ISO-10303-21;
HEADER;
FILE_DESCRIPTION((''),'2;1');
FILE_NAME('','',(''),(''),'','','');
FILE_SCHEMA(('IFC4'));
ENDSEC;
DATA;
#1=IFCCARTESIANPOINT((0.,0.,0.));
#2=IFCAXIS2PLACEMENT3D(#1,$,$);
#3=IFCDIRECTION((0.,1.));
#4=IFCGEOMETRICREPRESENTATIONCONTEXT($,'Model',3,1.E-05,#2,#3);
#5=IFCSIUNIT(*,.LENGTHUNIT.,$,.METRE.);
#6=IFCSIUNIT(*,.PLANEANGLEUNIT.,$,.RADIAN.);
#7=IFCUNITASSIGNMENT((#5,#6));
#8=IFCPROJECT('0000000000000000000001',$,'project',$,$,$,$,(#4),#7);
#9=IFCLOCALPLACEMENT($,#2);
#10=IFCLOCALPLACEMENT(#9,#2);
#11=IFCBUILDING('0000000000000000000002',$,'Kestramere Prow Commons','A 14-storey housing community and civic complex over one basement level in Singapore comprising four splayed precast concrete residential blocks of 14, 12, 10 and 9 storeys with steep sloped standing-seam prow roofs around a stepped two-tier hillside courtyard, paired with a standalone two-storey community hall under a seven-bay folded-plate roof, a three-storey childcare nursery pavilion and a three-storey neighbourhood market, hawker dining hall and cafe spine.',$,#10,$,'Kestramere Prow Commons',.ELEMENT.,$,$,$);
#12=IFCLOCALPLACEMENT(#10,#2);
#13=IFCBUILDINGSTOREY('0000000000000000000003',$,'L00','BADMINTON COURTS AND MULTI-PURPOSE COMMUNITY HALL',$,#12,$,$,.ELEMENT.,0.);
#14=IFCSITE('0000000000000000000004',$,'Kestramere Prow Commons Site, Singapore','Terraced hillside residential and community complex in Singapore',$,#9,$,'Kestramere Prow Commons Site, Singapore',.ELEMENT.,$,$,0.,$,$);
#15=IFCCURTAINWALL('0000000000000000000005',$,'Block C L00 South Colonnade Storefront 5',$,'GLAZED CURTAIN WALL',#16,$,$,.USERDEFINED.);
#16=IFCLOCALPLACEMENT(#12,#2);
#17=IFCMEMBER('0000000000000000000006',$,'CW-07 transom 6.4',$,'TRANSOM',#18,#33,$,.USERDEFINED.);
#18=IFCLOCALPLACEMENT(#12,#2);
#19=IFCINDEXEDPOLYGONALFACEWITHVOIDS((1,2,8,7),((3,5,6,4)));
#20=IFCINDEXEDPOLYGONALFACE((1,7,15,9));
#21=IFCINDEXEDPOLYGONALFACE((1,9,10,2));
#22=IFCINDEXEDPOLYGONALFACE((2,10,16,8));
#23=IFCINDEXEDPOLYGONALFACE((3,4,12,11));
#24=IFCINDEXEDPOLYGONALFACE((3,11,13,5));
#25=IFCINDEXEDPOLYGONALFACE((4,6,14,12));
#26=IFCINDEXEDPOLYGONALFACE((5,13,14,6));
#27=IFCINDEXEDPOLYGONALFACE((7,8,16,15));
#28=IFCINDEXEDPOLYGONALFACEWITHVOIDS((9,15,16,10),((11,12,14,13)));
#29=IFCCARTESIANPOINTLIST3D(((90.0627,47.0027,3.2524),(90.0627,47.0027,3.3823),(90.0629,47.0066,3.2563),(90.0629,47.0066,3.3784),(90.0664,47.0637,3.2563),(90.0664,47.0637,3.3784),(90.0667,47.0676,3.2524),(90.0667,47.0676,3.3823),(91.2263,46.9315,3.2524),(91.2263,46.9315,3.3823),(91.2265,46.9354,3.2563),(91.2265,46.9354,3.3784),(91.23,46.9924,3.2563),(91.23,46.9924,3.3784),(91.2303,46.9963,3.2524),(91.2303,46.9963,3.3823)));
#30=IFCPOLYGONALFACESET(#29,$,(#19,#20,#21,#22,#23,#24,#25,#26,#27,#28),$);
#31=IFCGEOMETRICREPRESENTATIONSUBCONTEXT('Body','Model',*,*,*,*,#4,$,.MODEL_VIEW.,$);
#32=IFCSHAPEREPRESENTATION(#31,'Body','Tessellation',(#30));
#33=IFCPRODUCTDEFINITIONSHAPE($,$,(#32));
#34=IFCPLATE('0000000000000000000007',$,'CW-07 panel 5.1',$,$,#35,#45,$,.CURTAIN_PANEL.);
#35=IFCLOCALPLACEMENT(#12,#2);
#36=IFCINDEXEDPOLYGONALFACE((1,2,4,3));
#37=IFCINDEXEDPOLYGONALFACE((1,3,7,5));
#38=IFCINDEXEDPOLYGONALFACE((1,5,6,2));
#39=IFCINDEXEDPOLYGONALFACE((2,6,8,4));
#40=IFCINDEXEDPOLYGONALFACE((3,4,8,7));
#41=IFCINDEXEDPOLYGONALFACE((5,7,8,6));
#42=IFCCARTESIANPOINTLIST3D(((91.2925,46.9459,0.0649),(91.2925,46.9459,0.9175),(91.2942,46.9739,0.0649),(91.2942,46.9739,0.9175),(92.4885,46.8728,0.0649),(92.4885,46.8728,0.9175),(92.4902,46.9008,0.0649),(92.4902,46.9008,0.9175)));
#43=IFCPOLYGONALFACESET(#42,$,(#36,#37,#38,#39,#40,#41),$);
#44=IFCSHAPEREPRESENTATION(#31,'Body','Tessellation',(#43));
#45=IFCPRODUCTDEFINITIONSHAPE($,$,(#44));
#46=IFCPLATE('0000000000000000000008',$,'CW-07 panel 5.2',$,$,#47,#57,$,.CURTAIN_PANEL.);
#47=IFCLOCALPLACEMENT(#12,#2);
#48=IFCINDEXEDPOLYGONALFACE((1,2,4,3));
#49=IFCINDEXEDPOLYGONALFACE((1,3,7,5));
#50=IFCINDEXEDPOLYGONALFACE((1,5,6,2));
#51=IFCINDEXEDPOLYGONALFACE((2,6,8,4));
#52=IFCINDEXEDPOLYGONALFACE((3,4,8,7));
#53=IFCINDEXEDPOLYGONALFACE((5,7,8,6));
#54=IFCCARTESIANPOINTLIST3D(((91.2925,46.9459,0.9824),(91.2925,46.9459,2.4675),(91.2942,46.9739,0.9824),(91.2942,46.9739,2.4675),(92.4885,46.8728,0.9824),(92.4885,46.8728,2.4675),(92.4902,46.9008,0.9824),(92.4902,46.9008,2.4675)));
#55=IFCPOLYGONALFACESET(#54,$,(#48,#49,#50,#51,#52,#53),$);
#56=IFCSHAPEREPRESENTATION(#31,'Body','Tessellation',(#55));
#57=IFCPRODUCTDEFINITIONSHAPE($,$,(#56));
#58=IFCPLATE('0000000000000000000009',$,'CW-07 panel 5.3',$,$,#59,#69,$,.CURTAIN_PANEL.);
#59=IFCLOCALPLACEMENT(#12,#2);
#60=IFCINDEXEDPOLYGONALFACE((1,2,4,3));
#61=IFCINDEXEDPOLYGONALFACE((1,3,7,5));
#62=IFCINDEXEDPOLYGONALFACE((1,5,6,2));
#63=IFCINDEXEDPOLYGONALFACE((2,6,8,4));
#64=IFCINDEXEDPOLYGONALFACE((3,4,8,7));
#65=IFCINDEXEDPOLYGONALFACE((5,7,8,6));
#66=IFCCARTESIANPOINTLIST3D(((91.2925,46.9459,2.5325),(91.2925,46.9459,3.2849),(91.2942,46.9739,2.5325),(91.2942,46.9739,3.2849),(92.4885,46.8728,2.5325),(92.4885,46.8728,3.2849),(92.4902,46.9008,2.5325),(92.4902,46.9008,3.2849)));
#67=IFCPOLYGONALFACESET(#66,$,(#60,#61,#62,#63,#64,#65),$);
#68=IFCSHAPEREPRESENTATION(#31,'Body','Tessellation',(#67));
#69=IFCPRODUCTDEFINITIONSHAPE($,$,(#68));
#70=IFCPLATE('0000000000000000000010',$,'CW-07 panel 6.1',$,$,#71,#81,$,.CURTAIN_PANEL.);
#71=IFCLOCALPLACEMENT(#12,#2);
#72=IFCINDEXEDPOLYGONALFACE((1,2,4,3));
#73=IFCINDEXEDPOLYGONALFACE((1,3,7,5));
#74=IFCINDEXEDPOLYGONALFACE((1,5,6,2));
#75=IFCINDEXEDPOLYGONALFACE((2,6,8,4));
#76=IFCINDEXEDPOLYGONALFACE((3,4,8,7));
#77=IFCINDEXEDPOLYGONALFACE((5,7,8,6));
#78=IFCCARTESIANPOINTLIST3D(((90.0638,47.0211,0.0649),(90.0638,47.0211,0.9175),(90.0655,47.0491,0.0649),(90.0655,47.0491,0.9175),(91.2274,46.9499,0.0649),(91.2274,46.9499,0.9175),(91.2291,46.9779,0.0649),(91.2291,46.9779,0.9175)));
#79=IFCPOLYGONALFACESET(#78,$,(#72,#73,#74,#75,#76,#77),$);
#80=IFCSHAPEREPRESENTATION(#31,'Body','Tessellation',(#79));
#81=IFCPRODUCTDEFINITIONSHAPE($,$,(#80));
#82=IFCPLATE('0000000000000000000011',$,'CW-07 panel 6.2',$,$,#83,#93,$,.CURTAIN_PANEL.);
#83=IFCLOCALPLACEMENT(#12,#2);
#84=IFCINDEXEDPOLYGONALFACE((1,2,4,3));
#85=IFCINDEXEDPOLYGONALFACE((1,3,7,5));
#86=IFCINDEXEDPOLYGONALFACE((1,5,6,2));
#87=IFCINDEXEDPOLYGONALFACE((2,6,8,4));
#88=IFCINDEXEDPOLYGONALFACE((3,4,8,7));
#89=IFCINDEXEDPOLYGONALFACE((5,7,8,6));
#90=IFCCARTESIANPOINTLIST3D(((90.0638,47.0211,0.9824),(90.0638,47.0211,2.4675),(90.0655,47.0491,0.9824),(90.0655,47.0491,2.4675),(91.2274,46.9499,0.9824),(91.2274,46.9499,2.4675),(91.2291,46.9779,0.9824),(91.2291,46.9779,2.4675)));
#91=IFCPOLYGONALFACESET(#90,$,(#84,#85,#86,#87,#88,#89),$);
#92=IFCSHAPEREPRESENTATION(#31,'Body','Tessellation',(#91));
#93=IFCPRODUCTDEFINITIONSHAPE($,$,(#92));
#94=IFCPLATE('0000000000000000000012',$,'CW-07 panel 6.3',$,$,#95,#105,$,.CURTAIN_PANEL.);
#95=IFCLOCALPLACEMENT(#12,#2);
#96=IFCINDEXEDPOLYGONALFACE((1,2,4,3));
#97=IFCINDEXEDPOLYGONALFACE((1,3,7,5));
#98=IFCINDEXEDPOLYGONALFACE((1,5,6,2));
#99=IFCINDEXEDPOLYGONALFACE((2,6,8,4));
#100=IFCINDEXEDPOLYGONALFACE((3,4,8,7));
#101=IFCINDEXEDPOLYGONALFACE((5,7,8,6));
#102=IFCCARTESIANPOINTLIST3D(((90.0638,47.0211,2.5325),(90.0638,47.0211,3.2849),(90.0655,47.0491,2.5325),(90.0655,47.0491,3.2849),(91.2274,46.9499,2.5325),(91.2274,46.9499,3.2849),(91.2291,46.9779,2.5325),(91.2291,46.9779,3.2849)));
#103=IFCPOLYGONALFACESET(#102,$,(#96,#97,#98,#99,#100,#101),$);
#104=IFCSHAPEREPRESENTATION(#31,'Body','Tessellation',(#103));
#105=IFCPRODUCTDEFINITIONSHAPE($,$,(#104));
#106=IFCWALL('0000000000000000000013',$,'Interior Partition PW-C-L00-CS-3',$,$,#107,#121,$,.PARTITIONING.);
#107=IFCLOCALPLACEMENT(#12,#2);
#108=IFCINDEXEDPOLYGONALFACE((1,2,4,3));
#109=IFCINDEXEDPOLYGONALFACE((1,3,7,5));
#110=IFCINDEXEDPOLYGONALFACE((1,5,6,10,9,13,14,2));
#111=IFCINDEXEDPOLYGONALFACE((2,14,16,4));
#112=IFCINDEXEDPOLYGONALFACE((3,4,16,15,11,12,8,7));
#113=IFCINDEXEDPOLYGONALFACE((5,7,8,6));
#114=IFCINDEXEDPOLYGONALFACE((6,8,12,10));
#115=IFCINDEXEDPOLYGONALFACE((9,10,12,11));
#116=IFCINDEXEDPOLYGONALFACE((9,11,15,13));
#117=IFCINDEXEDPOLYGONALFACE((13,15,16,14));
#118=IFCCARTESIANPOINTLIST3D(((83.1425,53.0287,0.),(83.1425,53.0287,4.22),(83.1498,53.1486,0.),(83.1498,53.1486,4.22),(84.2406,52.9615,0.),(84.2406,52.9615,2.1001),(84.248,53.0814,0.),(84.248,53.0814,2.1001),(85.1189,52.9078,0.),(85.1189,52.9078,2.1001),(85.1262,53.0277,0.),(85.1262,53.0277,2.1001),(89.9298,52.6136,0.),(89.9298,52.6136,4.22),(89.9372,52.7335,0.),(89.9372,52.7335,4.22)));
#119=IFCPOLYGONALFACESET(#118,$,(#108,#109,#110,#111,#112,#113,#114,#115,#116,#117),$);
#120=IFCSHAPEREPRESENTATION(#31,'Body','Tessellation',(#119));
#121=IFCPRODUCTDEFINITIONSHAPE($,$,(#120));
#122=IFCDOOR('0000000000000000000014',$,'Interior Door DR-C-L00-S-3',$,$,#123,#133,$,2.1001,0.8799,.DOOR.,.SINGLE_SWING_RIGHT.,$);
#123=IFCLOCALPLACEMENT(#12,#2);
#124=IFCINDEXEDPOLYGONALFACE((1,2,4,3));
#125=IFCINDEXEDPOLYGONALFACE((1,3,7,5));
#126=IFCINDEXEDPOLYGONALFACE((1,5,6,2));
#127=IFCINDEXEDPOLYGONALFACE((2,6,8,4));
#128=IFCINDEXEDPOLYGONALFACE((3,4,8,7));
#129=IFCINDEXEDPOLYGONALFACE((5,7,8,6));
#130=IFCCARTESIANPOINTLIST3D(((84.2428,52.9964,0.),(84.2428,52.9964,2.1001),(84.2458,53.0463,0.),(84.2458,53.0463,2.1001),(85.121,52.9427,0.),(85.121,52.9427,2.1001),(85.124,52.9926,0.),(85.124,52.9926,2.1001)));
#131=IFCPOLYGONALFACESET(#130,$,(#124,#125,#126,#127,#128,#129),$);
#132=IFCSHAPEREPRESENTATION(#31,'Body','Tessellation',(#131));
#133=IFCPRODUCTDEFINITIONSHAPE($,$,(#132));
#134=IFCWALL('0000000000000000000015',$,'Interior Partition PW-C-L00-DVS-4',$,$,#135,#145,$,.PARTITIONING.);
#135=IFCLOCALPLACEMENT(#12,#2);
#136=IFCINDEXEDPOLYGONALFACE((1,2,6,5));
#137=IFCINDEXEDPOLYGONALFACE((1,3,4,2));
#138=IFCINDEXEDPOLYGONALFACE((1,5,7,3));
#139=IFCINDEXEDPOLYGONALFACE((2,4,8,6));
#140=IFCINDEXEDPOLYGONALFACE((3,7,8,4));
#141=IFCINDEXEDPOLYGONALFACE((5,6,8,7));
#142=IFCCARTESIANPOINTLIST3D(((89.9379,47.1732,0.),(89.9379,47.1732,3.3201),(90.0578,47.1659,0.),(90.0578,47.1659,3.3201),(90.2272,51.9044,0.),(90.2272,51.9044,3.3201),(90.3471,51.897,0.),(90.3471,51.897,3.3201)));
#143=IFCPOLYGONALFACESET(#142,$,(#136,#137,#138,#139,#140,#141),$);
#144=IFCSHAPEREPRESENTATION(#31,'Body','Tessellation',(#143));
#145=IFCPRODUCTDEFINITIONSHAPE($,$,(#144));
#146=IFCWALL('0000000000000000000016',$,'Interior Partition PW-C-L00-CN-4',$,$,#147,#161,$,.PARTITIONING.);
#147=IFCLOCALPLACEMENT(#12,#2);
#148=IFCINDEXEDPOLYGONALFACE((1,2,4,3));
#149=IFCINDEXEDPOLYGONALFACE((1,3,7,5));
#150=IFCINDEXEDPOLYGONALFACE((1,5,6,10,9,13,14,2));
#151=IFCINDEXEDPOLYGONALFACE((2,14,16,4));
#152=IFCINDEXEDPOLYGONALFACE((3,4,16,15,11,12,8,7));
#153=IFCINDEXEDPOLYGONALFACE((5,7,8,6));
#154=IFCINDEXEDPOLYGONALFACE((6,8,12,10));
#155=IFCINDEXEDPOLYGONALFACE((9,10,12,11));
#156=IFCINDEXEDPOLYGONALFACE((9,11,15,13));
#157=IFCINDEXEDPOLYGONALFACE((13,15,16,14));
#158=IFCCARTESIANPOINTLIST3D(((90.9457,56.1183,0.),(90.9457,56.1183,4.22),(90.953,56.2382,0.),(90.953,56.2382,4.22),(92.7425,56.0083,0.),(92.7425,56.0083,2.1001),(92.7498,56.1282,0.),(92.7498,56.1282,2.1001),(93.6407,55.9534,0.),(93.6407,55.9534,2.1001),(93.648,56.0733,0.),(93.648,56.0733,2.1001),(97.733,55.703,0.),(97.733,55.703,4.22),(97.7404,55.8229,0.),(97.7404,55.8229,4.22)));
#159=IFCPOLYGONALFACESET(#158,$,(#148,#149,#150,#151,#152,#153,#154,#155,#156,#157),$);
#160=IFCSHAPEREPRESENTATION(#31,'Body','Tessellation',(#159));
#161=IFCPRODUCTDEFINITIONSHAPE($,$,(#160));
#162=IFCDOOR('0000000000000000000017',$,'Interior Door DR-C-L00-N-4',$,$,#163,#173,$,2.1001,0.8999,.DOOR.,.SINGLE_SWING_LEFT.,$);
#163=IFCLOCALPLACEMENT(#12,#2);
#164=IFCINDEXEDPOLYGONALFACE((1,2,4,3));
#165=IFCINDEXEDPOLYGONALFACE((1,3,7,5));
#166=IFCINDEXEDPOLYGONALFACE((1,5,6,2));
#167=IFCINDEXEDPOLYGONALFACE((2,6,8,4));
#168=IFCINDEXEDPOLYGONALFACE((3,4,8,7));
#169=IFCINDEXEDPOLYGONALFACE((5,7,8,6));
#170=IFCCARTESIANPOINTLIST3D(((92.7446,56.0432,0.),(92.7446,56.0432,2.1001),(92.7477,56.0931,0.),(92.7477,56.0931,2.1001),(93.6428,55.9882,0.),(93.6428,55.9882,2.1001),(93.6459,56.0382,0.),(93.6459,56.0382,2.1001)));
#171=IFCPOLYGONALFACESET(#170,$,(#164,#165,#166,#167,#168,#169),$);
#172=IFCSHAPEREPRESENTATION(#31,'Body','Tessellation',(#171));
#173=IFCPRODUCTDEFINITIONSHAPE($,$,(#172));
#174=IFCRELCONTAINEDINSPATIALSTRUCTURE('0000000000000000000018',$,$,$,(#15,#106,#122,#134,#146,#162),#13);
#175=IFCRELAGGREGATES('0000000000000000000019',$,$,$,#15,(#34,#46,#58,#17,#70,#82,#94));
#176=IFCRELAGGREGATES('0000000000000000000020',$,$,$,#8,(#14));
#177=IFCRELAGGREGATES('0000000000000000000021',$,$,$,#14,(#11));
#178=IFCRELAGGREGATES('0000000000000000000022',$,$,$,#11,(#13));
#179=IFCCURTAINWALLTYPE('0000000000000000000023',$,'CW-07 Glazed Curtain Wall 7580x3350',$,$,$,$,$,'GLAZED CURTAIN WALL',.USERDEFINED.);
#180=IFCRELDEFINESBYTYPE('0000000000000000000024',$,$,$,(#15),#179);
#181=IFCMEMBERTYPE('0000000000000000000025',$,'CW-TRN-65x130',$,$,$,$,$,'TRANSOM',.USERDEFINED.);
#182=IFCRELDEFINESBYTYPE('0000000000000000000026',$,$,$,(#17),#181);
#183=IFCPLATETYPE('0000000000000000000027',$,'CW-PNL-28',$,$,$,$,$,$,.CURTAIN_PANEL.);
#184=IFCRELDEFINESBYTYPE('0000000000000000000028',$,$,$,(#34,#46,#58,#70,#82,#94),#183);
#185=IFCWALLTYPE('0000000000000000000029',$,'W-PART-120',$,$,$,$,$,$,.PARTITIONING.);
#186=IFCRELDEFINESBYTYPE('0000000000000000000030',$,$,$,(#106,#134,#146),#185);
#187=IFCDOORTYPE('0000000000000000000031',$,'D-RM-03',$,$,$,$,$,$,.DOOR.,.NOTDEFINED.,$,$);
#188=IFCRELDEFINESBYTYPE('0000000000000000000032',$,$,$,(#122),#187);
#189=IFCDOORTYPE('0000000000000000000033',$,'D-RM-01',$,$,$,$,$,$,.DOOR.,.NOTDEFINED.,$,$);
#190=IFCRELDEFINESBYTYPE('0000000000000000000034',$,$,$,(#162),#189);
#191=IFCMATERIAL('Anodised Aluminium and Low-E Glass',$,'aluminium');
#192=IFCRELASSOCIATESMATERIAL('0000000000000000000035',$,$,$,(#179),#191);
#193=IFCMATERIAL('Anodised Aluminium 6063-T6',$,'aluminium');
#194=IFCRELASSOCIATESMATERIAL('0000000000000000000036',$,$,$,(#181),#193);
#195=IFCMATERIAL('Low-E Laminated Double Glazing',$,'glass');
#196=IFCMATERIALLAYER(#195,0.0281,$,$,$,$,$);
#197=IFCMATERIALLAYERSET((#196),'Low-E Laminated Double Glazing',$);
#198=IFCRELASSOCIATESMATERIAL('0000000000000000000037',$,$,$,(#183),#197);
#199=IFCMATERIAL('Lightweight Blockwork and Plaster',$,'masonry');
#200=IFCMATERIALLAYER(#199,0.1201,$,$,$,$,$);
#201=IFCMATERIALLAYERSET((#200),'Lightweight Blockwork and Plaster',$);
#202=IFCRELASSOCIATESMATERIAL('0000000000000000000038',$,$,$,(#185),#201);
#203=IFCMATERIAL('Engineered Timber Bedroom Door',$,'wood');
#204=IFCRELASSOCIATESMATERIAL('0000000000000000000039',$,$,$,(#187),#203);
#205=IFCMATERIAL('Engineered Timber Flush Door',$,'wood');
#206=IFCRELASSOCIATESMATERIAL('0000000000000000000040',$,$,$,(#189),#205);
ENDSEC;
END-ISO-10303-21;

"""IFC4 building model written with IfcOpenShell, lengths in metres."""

from ifc_helpers import new_model, si_unit, direction, frame, frame_2d, origin, origin_2d, place, context, subcontext, project, spatial, rectangle, hollow_rectangle, extrude, material, layer, layer_set, material_profile, profile_set, type_object, element, fill, aggregate, save


model = new_model("IFC4")

# Units and contexts
model_context = context("Model", 3, precision=1e-05, world=origin(), true_north=direction((0.0, 1.0)))
body_context = subcontext(model_context, "Body", "Model", "MODEL_VIEW")
ifc_project = project(units=[si_unit("LENGTHUNIT", "METRE"), si_unit("PLANEANGLEUNIT", "RADIAN")], contexts=[model_context])

# Site, building, storey
site_placement = place(None, origin())
site = spatial("IfcSite", under=ifc_project, at=site_placement, Name="Kestramere Prow Commons Site, Singapore", Description="Terraced hillside residential and community complex in Singapore", LongName="Kestramere Prow Commons Site, Singapore", CompositionType="ELEMENT", RefElevation=0.0)
building_placement = place(site_placement, origin())
building = spatial("IfcBuilding", under=site, at=building_placement, Name="Kestramere Prow Commons", Description="A 14-storey housing community and civic complex over one basement level in Singapore comprising four splayed precast concrete residential blocks of 14, 12, 10 and 9 storeys with steep sloped standing-seam prow roofs around a stepped two-tier hillside courtyard, paired with a standalone two-storey community hall under a seven-bay folded-plate roof, a three-storey childcare nursery pavilion and a three-storey neighbourhood market, hawker dining hall and cafe spine.", LongName="Kestramere Prow Commons", CompositionType="ELEMENT")
storey_placement = place(building_placement, origin())
storey = spatial("IfcBuildingStorey", under=building, at=storey_placement, Name="L00", Description="BADMINTON COURTS AND MULTI-PURPOSE COMMUNITY HALL", CompositionType="ELEMENT", Elevation=0.0)

# Curtain wall, member, plates
ifc_material_1 = material(Name="Anodised Aluminium and Low-E Glass", Category="aluminium")
curtain_wall_type = type_object("IfcCurtainWallType", Name="CW-07 Glazed Curtain Wall 7580x3350", ElementType="GLAZED CURTAIN WALL", PredefinedType="USERDEFINED", material=ifc_material_1)
curtain_wall_placement = place(storey_placement, origin())
curtain_wall = element("IfcCurtainWall", 1, at=curtain_wall_placement, inside=storey, type_object=curtain_wall_type, Name="Block C L00 South Colonnade Storefront 5", ObjectType="GLAZED CURTAIN WALL", PredefinedType="USERDEFINED")
ifc_material_2 = material(Name="Anodised Aluminium 6063-T6", Category="aluminium")
ifc_material_profile_1 = material_profile(ifc_material_2, hollow_rectangle(XDim=0.0649, YDim=0.1299, WallThickness=0.0039, at=origin_2d()), Name="ALU-TRN 65x130")
ifc_profile_set_1 = profile_set([ifc_material_profile_1], Name="Anodised Aluminium 6063-T6")
member_type_1 = type_object("IfcMemberType", Name="CW-TRN-65x130", ElementType="TRANSOM", PredefinedType="USERDEFINED", material=ifc_profile_set_1)
member_1_placement = place(storey_placement, frame((91.2283, 46.9639, 3.3174), z_axis=(-0.998128, 0.061153, 0.0), x_axis=(-0.061153, -0.998128, 0.0)))
member_1 = element("IfcMember", 2, at=member_1_placement, type_object=member_type_1, Name="CW-07 transom 6.4", ObjectType="TRANSOM", PredefinedType="USERDEFINED", context=body_context, shape_type="SweptSolid", body=[
    extrude(hollow_rectangle(XDim=0.0649, YDim=0.1299, WallThickness=0.0039, at=origin_2d()), origin(), (0.0, 0.0, 1.0), 1.1658),
])
ifc_material_3 = material(Name="Low-E Laminated Double Glazing", Category="glass")
ifc_layer_1 = layer(ifc_material_3, 0.0281)
ifc_layer_set_1 = layer_set([ifc_layer_1], Name="Low-E Laminated Double Glazing")
plate_type = type_object("IfcPlateType", Name="CW-PNL-28", PredefinedType="CURTAIN_PANEL", material=ifc_layer_set_1)
plate_1_placement = place(storey_placement, frame((91.8914, 46.9233, 0.0649), z_axis=(0.0, 0.0, 1.0), x_axis=(-0.998135, 0.061049, 0.0)))
plate_1 = element("IfcPlate", 3, at=plate_1_placement, type_object=plate_type, Name="CW-07 panel 5.1", PredefinedType="CURTAIN_PANEL", context=body_context, shape_type="SweptSolid", body=[
    extrude(rectangle(XDim=1.1982, YDim=0.0281, at=origin_2d()), origin(), (0.0, 0.0, 1.0), 0.8525),
])
plate_2_placement = place(storey_placement, frame((91.8914, 46.9233, 0.9824), z_axis=(0.0, 0.0, 1.0), x_axis=(-0.998135, 0.061049, 0.0)))
plate_2 = element("IfcPlate", 4, at=plate_2_placement, type_object=plate_type, Name="CW-07 panel 5.2", PredefinedType="CURTAIN_PANEL", context=body_context, shape_type="SweptSolid", body=[
    extrude(rectangle(XDim=1.1982, YDim=0.0281, at=origin_2d()), origin(), (0.0, 0.0, 1.0), 1.4851),
])
plate_3_placement = place(storey_placement, frame((91.8914, 46.9233, 2.5325), z_axis=(0.0, 0.0, 1.0), x_axis=(-0.998135, 0.061049, 0.0)))
plate_3 = element("IfcPlate", 5, at=plate_3_placement, type_object=plate_type, Name="CW-07 panel 5.3", PredefinedType="CURTAIN_PANEL", context=body_context, shape_type="SweptSolid", body=[
    extrude(rectangle(XDim=1.1982, YDim=0.0281, at=origin_2d()), origin(), (0.0, 0.0, 1.0), 0.7524),
])
plate_4_placement = place(storey_placement, frame((90.6465, 46.9995, 0.0649), z_axis=(0.0, 0.0, 1.0), x_axis=(-0.998135, 0.061049, 0.0)))
plate_4 = element("IfcPlate", 6, at=plate_4_placement, type_object=plate_type, Name="CW-07 panel 6.1", PredefinedType="CURTAIN_PANEL", context=body_context, shape_type="SweptSolid", body=[
    extrude(rectangle(XDim=1.1658, YDim=0.0281, at=origin_2d()), origin(), (0.0, 0.0, 1.0), 0.8525),
])
plate_5_placement = place(storey_placement, frame((90.6465, 46.9995, 0.9824), z_axis=(0.0, 0.0, 1.0), x_axis=(-0.998135, 0.061049, 0.0)))
plate_5 = element("IfcPlate", 7, at=plate_5_placement, type_object=plate_type, Name="CW-07 panel 6.2", PredefinedType="CURTAIN_PANEL", context=body_context, shape_type="SweptSolid", body=[
    extrude(rectangle(XDim=1.1658, YDim=0.0281, at=origin_2d()), origin(), (0.0, 0.0, 1.0), 1.4851),
])
plate_6_placement = place(storey_placement, frame((90.6465, 46.9995, 2.5325), z_axis=(0.0, 0.0, 1.0), x_axis=(-0.998135, 0.061049, 0.0)))
plate_6 = element("IfcPlate", 8, at=plate_6_placement, type_object=plate_type, Name="CW-07 panel 6.3", PredefinedType="CURTAIN_PANEL", context=body_context, shape_type="SweptSolid", body=[
    extrude(rectangle(XDim=1.1658, YDim=0.0281, at=origin_2d()), origin(), (0.0, 0.0, 1.0), 0.7524),
])
aggregate(curtain_wall, [plate_1, plate_2, plate_3, member_1, plate_4, plate_5, plate_6])

# Wall, opening, door
ifc_material_4 = material(Name="Lightweight Blockwork and Plaster", Category="masonry")
ifc_layer_2 = layer(ifc_material_4, 0.1201)
ifc_layer_set_2 = layer_set([ifc_layer_2], Name="Lightweight Blockwork and Plaster")
wall_type_1 = type_object("IfcWallType", Name="W-PART-120", PredefinedType="PARTITIONING", material=ifc_layer_set_2)
wall_1_placement = place(storey_placement, frame((83.1462, 53.0886, 0.0), z_axis=(0.0, 0.0, 1.0), x_axis=(0.998136, -0.061035, 0.0)))
wall_1 = element("IfcWall", 9, at=wall_1_placement, inside=storey, type_object=wall_type_1, Name="Interior Partition PW-C-L00-CS-3", PredefinedType="PARTITIONING", context=body_context, shape_type="SweptSolid", body=[
    extrude(rectangle(XDim=6.8, YDim=0.1201, at=frame_2d((3.3999, 0.0))), origin(), (0.0, 0.0, 1.0), 4.22),
])
opening_1_placement = place(wall_1_placement, frame((1.1001, 0.0, 0.0)))
opening_1 = element("IfcOpeningElement", 10, at=opening_1_placement, cuts=wall_1, PredefinedType="OPENING", context=body_context, shape_type="SweptSolid", body=[
    extrude(rectangle(XDim=0.8799, YDim=2.1001, at=frame_2d((0.4399, 1.05))), frame((0.0, 0.075, 0.0), z_axis=(0.0, -1.0, 0.0), x_axis=(1.0, 0.0, 0.0)), (0.0, 0.0, 1.0), 0.1501),
])
ifc_material_5 = material(Name="Engineered Timber Bedroom Door", Category="wood")
door_type_1 = type_object("IfcDoorType", Name="D-RM-03", OperationType="NOTDEFINED", PredefinedType="DOOR", material=ifc_material_5)
door_1_placement = place(opening_1_placement, origin())
door_1 = element("IfcDoor", 11, at=door_1_placement, inside=storey, type_object=door_type_1, Name="Interior Door DR-C-L00-S-3", OperationType="SINGLE_SWING_RIGHT", OverallHeight=2.1001, OverallWidth=0.8799, PredefinedType="DOOR", context=body_context, shape_type="SweptSolid", body=[
    extrude(rectangle(XDim=0.8799, YDim=2.1001, at=frame_2d((0.4399, 1.05))), frame((0.0, 0.0249, 0.0), z_axis=(0.0, -1.0, 0.0), x_axis=(1.0, 0.0, 0.0)), (0.0, 0.0, 1.0), 0.05),
])
fill(opening_1, door_1)

# Wall
wall_2_placement = place(storey_placement, frame((89.9978, 47.1694, 0.0), z_axis=(0.0, 0.0, 1.0), x_axis=(0.061035, 0.998136, 0.0)))
element("IfcWall", 12, at=wall_2_placement, inside=storey, type_object=wall_type_1, Name="Interior Partition PW-C-L00-DVS-4", PredefinedType="PARTITIONING", context=body_context, shape_type="SweptSolid", body=[
    extrude(rectangle(XDim=4.74, YDim=0.1201, at=frame_2d((2.3701, 0.0))), origin(), (0.0, 0.0, 1.0), 3.3201),
])

# Wall, opening, door
wall_3_placement = place(storey_placement, frame((90.9495, 56.1782, 0.0), z_axis=(0.0, 0.0, 1.0), x_axis=(0.998133, -0.061071, 0.0)))
wall_3 = element("IfcWall", 13, at=wall_3_placement, inside=storey, type_object=wall_type_1, Name="Interior Partition PW-C-L00-CN-4", PredefinedType="PARTITIONING", context=body_context, shape_type="SweptSolid", body=[
    extrude(rectangle(XDim=6.8, YDim=0.1201, at=frame_2d((3.3999, 0.0))), origin(), (0.0, 0.0, 1.0), 4.22),
])
opening_2_placement = place(wall_3_placement, frame((1.8, 0.0, 0.0)))
opening_2 = element("IfcOpeningElement", 14, at=opening_2_placement, cuts=wall_3, PredefinedType="OPENING", context=body_context, shape_type="SweptSolid", body=[
    extrude(rectangle(XDim=0.8999, YDim=2.1001, at=frame_2d((0.45, 1.05))), frame((0.0, 0.075, 0.0), z_axis=(0.0, -1.0, 0.0), x_axis=(1.0, 0.0, 0.0)), (0.0, 0.0, 1.0), 0.1501),
])
ifc_material_6 = material(Name="Engineered Timber Flush Door", Category="wood")
door_type_2 = type_object("IfcDoorType", Name="D-RM-01", OperationType="NOTDEFINED", PredefinedType="DOOR", material=ifc_material_6)
door_2_placement = place(opening_2_placement, origin())
door_2 = element("IfcDoor", 15, at=door_2_placement, inside=storey, type_object=door_type_2, Name="Interior Door DR-C-L00-N-4", OperationType="SINGLE_SWING_LEFT", OverallHeight=2.1001, OverallWidth=0.8999, PredefinedType="DOOR", context=body_context, shape_type="SweptSolid", body=[
    extrude(rectangle(XDim=0.8999, YDim=2.1001, at=frame_2d((0.45, 1.05))), frame((0.0, 0.0249, 0.0), z_axis=(0.0, -1.0, 0.0), x_axis=(1.0, 0.0, 0.0)), (0.0, 0.0, 1.0), 0.05),
])
fill(opening_2, door_2)

save(model, "model.ifc")
